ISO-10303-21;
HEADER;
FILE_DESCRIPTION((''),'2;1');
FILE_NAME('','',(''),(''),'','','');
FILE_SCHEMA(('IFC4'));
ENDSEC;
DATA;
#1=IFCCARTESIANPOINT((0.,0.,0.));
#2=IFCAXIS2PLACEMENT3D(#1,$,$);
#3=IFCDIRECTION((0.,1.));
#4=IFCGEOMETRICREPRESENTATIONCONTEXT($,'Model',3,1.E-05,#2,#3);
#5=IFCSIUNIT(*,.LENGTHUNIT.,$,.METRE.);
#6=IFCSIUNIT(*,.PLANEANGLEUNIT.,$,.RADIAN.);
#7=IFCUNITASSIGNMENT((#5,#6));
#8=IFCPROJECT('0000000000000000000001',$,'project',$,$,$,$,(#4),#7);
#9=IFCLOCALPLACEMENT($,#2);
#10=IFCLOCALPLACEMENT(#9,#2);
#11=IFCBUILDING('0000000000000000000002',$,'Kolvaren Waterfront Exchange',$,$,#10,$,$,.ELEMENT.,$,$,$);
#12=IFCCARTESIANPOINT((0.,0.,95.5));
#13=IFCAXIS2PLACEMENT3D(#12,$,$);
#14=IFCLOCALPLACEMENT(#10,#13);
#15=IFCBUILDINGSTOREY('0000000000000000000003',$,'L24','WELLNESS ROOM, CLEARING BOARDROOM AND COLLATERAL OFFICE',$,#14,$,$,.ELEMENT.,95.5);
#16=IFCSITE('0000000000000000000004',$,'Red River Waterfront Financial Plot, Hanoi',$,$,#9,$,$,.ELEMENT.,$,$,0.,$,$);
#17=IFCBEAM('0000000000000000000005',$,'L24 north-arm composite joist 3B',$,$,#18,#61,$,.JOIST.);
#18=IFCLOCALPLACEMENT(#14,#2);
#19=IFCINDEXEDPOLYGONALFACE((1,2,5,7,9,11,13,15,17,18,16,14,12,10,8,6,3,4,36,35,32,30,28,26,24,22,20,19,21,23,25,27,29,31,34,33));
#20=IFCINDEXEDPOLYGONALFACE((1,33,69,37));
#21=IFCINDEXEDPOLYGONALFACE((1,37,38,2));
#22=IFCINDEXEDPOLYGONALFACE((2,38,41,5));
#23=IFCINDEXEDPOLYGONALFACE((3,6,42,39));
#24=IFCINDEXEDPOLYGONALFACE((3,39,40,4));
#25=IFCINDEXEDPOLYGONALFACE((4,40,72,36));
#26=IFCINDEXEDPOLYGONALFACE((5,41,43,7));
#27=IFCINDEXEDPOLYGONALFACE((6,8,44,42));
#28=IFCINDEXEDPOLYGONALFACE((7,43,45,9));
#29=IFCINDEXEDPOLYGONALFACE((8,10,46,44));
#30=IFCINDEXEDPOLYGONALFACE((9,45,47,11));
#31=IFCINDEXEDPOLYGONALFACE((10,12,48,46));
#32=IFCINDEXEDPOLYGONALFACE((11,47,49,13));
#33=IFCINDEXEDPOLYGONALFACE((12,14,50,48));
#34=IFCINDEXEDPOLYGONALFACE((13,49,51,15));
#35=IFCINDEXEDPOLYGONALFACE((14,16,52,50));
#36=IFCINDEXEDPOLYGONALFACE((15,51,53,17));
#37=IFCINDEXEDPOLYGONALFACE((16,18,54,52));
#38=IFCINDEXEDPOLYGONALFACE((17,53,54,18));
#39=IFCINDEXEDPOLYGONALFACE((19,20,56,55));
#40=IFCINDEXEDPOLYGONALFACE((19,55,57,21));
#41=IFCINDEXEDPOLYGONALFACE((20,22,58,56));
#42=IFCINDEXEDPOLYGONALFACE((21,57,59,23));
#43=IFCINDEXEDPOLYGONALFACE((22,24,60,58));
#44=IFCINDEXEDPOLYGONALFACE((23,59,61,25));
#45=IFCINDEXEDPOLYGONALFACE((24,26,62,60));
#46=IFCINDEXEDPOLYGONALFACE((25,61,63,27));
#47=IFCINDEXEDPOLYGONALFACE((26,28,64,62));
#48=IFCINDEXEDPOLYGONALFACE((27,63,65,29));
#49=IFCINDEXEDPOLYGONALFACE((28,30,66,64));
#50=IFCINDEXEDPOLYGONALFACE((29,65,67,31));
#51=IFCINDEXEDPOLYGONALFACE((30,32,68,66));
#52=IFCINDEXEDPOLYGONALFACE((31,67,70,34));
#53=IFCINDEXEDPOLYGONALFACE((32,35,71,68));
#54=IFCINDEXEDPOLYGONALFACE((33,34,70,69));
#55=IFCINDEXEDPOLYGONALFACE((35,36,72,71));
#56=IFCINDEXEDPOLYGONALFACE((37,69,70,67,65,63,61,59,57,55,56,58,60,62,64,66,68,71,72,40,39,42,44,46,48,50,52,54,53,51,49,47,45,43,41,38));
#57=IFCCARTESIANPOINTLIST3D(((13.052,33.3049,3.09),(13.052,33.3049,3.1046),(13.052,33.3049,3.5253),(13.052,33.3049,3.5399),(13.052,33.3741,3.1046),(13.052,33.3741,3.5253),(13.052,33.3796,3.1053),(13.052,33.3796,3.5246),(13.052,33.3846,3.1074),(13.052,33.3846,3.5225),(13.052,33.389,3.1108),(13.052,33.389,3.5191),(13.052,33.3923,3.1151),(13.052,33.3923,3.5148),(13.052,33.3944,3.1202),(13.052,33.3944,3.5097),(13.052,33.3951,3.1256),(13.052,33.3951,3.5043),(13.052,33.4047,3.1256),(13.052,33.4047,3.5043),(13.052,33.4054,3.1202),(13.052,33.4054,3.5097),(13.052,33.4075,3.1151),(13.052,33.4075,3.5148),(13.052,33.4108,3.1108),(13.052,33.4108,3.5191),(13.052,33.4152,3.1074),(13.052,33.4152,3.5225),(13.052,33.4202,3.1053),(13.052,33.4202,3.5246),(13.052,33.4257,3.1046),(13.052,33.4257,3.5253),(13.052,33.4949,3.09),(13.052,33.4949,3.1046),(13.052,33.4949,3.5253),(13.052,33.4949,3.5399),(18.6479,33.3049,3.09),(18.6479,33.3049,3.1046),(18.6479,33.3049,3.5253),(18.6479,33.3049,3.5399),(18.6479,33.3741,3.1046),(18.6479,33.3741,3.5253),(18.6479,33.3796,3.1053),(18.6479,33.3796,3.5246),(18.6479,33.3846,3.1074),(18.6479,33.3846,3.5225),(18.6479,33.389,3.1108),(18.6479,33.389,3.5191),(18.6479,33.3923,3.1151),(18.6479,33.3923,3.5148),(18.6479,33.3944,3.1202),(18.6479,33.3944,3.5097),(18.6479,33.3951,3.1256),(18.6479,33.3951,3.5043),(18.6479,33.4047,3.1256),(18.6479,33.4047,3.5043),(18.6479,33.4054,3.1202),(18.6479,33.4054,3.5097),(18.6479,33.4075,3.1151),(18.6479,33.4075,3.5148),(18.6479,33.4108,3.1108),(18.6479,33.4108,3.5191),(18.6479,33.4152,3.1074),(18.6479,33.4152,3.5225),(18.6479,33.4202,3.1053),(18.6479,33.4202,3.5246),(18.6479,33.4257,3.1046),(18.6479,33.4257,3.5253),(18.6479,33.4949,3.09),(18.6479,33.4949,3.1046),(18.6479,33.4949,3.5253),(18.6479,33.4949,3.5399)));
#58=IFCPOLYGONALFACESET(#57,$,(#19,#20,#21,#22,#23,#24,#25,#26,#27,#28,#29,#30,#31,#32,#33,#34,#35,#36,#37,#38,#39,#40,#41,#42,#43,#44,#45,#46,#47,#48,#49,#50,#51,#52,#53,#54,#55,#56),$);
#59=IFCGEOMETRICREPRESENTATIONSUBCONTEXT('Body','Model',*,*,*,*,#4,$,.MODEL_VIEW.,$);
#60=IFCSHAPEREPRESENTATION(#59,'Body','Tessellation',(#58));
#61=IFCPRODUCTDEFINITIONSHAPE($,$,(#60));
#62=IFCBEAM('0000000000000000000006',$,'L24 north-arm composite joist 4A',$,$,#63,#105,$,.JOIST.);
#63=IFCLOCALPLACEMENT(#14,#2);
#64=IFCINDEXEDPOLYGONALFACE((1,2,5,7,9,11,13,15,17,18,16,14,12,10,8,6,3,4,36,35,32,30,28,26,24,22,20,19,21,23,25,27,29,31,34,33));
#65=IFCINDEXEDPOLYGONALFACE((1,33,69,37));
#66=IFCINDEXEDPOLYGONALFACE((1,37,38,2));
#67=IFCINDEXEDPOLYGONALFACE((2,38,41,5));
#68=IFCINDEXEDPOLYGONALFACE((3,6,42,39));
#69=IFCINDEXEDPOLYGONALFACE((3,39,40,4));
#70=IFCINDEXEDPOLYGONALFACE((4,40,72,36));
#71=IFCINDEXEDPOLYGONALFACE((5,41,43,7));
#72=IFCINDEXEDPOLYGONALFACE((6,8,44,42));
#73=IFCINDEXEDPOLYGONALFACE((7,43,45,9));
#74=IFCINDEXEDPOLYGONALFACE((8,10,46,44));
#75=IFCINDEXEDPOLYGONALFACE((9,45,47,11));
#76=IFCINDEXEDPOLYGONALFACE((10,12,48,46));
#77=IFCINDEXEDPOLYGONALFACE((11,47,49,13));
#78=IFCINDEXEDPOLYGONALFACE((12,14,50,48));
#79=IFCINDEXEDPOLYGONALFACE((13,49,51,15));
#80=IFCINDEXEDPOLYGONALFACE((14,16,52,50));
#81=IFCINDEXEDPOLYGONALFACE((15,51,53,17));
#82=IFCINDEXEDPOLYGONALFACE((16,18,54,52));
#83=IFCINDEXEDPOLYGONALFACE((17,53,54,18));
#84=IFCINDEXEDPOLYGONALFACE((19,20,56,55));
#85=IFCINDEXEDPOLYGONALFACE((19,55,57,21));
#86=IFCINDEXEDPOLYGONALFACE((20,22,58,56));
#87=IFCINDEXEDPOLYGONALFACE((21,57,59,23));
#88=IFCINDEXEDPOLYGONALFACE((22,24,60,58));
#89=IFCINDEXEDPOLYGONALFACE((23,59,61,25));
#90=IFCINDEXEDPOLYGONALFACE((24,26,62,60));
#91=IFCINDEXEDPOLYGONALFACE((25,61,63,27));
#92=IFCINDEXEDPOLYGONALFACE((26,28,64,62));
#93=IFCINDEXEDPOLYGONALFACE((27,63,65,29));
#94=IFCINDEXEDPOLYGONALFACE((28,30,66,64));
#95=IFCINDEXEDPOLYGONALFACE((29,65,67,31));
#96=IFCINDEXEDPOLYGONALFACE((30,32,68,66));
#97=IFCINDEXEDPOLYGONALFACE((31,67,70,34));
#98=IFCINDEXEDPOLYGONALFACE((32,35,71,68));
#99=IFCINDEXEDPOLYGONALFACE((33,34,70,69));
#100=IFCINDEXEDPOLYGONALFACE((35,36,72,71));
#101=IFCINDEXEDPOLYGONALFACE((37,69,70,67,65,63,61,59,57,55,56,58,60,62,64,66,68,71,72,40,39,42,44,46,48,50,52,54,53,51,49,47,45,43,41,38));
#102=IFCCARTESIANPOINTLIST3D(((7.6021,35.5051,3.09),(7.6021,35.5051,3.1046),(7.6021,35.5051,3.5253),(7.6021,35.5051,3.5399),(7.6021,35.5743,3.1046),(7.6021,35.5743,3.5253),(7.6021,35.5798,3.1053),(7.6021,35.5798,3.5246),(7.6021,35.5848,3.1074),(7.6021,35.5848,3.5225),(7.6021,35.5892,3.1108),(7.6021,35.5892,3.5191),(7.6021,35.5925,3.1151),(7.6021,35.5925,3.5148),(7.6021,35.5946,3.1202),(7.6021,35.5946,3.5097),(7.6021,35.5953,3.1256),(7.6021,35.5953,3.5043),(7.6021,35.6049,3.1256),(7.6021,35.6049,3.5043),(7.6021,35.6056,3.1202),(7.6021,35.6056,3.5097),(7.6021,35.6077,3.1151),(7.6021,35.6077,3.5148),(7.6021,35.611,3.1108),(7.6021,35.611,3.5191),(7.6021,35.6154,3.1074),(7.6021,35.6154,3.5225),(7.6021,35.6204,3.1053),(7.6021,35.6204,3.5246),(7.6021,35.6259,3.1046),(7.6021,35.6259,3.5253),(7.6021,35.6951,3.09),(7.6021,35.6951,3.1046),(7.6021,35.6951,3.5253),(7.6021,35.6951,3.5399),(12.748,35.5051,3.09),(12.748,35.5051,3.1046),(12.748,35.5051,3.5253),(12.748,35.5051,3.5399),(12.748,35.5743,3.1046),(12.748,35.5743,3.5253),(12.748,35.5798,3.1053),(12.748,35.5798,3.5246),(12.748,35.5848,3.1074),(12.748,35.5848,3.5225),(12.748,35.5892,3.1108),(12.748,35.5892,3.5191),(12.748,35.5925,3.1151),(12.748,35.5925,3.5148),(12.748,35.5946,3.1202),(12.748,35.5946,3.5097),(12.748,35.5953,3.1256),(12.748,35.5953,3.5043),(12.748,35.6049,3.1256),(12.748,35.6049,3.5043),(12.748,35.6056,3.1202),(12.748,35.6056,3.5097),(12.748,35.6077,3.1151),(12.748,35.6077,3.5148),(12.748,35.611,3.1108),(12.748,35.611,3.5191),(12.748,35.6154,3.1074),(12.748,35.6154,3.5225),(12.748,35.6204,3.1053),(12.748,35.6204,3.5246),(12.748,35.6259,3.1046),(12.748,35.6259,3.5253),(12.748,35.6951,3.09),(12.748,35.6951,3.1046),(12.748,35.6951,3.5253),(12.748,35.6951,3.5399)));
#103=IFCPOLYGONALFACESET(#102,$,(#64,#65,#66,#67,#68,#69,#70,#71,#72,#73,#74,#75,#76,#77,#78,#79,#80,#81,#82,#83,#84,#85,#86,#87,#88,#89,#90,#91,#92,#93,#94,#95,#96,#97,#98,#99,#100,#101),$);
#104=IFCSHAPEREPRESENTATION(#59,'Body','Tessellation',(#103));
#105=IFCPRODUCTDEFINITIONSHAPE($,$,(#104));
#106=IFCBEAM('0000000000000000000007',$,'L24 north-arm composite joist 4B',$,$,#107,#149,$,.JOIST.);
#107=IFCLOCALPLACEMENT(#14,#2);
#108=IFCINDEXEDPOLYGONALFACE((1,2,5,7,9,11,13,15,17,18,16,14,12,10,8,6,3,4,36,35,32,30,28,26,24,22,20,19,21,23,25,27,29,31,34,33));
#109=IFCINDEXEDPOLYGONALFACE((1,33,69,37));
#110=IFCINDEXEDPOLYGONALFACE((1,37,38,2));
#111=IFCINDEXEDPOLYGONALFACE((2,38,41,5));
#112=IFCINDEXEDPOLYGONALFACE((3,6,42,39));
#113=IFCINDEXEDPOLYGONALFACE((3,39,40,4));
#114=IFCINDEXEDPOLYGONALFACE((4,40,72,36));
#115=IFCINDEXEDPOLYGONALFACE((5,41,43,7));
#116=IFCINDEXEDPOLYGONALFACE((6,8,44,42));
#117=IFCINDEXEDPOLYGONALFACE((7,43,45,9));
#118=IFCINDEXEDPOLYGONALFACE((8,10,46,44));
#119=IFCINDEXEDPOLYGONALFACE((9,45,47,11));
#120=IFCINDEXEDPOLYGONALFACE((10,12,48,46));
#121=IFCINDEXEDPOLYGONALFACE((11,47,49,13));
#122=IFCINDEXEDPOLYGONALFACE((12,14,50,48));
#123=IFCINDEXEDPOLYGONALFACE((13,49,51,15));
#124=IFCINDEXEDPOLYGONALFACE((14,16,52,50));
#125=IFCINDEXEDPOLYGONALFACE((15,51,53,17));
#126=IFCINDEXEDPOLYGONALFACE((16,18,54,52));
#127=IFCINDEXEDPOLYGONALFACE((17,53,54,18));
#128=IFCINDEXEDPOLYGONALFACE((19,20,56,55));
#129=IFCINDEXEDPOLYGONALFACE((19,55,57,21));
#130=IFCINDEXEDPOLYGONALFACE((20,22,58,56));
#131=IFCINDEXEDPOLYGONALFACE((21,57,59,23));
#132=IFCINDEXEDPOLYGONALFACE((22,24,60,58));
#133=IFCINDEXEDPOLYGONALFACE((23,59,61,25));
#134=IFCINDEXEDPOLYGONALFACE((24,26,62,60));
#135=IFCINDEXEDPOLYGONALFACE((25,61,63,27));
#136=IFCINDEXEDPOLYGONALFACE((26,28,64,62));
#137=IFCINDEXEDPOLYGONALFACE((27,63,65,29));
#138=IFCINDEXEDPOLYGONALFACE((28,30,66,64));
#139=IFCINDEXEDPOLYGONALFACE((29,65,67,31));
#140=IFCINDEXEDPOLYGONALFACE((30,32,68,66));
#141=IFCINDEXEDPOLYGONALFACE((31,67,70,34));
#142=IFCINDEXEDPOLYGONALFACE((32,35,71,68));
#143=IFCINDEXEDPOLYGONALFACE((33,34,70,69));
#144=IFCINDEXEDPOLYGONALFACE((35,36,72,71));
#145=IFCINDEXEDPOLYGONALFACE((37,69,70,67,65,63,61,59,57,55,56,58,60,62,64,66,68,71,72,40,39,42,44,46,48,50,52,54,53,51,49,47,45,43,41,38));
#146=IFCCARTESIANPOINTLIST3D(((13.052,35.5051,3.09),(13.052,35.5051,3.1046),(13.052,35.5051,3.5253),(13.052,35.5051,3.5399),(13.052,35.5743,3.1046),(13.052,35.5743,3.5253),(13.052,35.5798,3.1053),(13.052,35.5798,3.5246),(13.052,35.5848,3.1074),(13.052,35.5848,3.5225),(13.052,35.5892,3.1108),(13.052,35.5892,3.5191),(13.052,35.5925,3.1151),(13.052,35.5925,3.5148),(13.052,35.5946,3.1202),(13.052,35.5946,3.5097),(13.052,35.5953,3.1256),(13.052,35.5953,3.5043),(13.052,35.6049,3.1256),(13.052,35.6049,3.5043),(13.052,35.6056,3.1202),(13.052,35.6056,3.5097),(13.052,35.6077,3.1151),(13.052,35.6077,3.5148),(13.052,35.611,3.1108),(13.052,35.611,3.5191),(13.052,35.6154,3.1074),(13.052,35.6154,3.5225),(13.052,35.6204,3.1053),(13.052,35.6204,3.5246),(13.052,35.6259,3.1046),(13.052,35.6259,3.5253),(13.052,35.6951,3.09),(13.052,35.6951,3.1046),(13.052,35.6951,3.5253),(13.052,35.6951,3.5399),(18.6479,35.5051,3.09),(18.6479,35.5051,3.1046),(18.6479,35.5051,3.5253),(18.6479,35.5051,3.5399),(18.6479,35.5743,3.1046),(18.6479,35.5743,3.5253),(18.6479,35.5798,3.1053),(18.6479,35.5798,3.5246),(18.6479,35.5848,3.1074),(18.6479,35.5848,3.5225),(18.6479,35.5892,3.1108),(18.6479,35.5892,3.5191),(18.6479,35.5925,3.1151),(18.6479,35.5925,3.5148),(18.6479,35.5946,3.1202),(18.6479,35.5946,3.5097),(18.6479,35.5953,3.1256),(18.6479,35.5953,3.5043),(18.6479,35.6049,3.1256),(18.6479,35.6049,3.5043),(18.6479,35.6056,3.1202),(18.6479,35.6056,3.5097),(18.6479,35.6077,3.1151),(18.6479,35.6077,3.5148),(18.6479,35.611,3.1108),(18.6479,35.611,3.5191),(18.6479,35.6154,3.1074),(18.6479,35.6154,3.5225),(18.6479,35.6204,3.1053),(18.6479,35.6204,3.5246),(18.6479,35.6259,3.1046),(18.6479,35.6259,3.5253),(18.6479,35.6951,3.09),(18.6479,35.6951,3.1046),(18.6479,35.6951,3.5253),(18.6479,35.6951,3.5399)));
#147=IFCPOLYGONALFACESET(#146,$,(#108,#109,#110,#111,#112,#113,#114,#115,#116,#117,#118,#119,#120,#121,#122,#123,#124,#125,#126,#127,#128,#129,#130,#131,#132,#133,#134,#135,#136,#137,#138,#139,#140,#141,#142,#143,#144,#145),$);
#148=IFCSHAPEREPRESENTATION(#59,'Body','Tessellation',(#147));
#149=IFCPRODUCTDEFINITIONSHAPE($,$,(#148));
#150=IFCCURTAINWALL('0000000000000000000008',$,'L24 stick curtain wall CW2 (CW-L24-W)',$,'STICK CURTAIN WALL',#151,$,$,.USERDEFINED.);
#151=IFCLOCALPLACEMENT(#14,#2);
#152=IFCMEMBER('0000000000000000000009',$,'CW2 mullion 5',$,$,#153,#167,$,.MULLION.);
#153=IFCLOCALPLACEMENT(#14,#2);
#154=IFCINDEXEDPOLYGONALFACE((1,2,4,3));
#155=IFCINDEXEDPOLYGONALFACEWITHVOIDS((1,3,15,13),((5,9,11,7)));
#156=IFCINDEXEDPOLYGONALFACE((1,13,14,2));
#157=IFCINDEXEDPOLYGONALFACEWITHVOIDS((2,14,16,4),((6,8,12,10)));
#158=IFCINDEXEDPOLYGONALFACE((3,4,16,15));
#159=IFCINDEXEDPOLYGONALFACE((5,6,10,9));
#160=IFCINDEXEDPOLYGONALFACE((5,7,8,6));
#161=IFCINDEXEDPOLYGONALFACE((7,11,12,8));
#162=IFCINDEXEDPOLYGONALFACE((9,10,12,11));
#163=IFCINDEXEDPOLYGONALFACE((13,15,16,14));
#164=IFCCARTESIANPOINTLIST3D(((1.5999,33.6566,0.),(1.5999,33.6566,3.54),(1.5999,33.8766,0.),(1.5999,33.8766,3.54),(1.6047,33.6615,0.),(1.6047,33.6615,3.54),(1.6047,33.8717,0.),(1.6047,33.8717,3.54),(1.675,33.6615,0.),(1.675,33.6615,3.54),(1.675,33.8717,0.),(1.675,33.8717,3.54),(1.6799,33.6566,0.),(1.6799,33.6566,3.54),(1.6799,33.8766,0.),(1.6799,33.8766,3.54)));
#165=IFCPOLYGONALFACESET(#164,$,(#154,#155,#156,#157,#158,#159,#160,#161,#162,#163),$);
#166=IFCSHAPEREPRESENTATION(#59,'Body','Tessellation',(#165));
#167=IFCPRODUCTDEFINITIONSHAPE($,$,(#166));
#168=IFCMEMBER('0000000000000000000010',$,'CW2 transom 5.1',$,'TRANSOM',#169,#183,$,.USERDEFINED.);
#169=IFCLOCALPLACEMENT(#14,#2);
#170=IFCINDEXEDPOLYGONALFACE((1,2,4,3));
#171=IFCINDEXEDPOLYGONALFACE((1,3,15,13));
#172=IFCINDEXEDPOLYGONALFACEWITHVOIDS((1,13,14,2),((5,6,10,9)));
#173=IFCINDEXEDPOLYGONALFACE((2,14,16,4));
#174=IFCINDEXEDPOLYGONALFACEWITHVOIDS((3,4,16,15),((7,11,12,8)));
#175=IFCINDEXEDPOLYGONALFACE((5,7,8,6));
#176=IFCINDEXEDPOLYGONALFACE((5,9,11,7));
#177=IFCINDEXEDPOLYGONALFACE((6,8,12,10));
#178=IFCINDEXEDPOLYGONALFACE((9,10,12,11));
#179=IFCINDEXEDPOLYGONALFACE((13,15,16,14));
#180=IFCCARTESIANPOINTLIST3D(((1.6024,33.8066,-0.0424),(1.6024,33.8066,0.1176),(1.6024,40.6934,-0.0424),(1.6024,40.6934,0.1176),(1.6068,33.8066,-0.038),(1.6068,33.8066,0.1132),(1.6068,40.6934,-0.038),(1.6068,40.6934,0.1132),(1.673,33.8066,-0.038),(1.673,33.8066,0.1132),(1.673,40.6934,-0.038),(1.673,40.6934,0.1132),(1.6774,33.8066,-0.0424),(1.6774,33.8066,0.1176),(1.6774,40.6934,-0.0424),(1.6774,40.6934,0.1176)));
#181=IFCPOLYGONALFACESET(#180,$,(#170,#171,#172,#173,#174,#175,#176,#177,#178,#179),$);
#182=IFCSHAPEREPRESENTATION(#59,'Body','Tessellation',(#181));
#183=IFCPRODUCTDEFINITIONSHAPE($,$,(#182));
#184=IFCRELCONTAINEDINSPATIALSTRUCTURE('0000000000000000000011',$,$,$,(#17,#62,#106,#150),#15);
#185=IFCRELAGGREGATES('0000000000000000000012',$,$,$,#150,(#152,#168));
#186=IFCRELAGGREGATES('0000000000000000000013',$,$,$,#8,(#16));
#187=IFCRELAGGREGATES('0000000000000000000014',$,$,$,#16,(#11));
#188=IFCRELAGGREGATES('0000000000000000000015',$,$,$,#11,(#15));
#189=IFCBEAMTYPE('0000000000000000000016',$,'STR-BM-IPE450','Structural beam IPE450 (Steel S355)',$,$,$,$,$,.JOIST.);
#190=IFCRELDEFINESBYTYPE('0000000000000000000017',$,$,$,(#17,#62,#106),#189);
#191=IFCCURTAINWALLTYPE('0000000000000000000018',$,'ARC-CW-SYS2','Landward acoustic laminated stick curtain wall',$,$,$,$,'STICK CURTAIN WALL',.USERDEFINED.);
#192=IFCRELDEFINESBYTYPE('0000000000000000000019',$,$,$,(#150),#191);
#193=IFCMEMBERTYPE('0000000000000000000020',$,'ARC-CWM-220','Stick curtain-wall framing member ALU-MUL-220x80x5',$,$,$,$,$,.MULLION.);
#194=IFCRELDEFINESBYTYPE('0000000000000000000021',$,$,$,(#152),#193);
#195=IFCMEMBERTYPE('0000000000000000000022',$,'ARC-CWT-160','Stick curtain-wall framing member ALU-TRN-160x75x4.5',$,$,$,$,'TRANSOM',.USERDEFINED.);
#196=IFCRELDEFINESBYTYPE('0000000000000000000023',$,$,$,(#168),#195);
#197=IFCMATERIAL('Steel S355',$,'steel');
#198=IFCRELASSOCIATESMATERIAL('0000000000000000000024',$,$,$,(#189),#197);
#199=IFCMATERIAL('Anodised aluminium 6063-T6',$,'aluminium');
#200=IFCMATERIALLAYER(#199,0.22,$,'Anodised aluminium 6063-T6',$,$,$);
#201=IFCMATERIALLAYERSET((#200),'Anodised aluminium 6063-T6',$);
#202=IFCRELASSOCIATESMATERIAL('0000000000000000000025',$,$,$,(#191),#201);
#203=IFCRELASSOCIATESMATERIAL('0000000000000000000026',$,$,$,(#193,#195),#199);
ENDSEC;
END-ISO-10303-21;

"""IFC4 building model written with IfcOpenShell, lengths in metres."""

from ifc_helpers import new_model, si_unit, direction, frame, origin, origin_with_axes, origin_2d, place, context, subcontext, project, spatial, hollow_rectangle, i_section, extrude, source, transform, mapped, material, layer, layer_set, material_profile, profile_set, type_object, element, aggregate, save


model = new_model("IFC4")

# Units and contexts
model_context = context("Model", 3, precision=1e-05, world=origin(), true_north=direction((0.0, 1.0)))
body_context = subcontext(model_context, "Body", "Model", "MODEL_VIEW")
ifc_project = project(units=[si_unit("LENGTHUNIT", "METRE"), si_unit("PLANEANGLEUNIT", "RADIAN")], contexts=[model_context])

# Site, building, storey
site_placement = place(None, origin())
site = spatial("IfcSite", under=ifc_project, at=site_placement, Name="Red River Waterfront Financial Plot, Hanoi", CompositionType="ELEMENT", RefElevation=0.0)
building_placement = place(site_placement, origin())
building = spatial("IfcBuilding", under=site, at=building_placement, Name="Kolvaren Waterfront Exchange", CompositionType="ELEMENT")
storey_placement = place(building_placement, frame((0.0, 0.0, 95.5)))
storey = spatial("IfcBuildingStorey", under=building, at=storey_placement, Name="L24", Description="WELLNESS ROOM, CLEARING BOARDROOM AND COLLATERAL OFFICE", CompositionType="ELEMENT", Elevation=95.5)

# Beams
ifc_material_1 = material(Name="Steel S355", Category="steel")
ifc_material_profile_1 = material_profile(ifc_material_1, i_section(OverallWidth=0.1899, OverallDepth=0.45, WebThickness=0.0095, FlangeThickness=0.0146, FilletRadius=0.021, at=origin_2d()), Name="IPE450")
ifc_profile_set_1 = profile_set([ifc_material_profile_1], Name="Steel S355")
beam_type_1 = type_object("IfcBeamType", Name="STR-BM-IPE450", Description="Structural beam IPE450 (Steel S355)", PredefinedType="JOIST", material=ifc_profile_set_1)
beam_1_placement = place(storey_placement, frame((13.052, 33.3999, 3.3149), z_axis=(1.0, 0.0, 0.0), x_axis=(0.0, 1.0, 0.0)))
element("IfcBeam", 1, at=beam_1_placement, inside=storey, type_object=beam_type_1, Name="L24 north-arm composite joist 3B", PredefinedType="JOIST", context=body_context, shape_type="SweptSolid", body=[
    extrude(i_section(OverallWidth=0.1899, OverallDepth=0.45, WebThickness=0.0095, FlangeThickness=0.0146, FilletRadius=0.021, at=origin_2d()), origin(), (0.0, 0.0, 1.0), 5.5959),
])
beam_2_placement = place(storey_placement, frame((7.6021, 35.6001, 3.3149), z_axis=(1.0, 0.0, 0.0), x_axis=(0.0, 1.0, 0.0)))
element("IfcBeam", 2, at=beam_2_placement, inside=storey, type_object=beam_type_1, Name="L24 north-arm composite joist 4A", PredefinedType="JOIST", context=body_context, shape_type="SweptSolid", body=[
    extrude(i_section(OverallWidth=0.1899, OverallDepth=0.45, WebThickness=0.0095, FlangeThickness=0.0146, FilletRadius=0.021, at=origin_2d()), origin(), (0.0, 0.0, 1.0), 5.146),
])
beam_3_placement = place(storey_placement, frame((13.052, 35.6001, 3.3149), z_axis=(1.0, 0.0, 0.0), x_axis=(0.0, 1.0, 0.0)))
element("IfcBeam", 3, at=beam_3_placement, inside=storey, type_object=beam_type_1, Name="L24 north-arm composite joist 4B", PredefinedType="JOIST", context=body_context, shape_type="SweptSolid", body=[
    extrude(i_section(OverallWidth=0.1899, OverallDepth=0.45, WebThickness=0.0095, FlangeThickness=0.0146, FilletRadius=0.021, at=origin_2d()), origin(), (0.0, 0.0, 1.0), 5.5959),
])

# Curtain wall, members
ifc_material_2 = material(Name="Anodised aluminium 6063-T6", Category="aluminium")
ifc_layer_1 = layer(ifc_material_2, 0.22, Name="Anodised aluminium 6063-T6")
ifc_layer_set_1 = layer_set([ifc_layer_1], Name="Anodised aluminium 6063-T6")
curtain_wall_type = type_object("IfcCurtainWallType", Name="ARC-CW-SYS2", Description="Landward acoustic laminated stick curtain wall", ElementType="STICK CURTAIN WALL", PredefinedType="USERDEFINED", material=ifc_layer_set_1)
curtain_wall_placement = place(storey_placement, origin())
curtain_wall = element("IfcCurtainWall", 4, at=curtain_wall_placement, inside=storey, type_object=curtain_wall_type, Name="L24 stick curtain wall CW2 (CW-L24-W)", ObjectType="STICK CURTAIN WALL", PredefinedType="USERDEFINED")
ifc_material_profile_2 = material_profile(ifc_material_2, hollow_rectangle(XDim=0.0801, YDim=0.22, WallThickness=0.0049, at=origin_2d()), Name="ALU-MUL-220x80x5")
ifc_profile_set_2 = profile_set([ifc_material_profile_2], Name="Anodised aluminium 6063-T6")
member_type_1 = type_object("IfcMemberType", Name="ARC-CWM-220", Description="Stick curtain-wall framing member ALU-MUL-220x80x5", PredefinedType="MULLION", material=ifc_profile_set_2)
shared_shape_1 = source(origin_with_axes(), body_context, "Body", "SweptSolid", [
    extrude(hollow_rectangle(XDim=0.0801, YDim=0.22, WallThickness=0.0049, at=origin_2d()), origin(), (0.0, 0.0, 1.0), 3.54),
])
member_1_placement = place(storey_placement, frame((1.6399, 33.7666, 0.0), z_axis=(0.0, 0.0, 1.0), x_axis=(-1.0, 0.0, 0.0)))
member_1 = element("IfcMember", 5, at=member_1_placement, type_object=member_type_1, Name="CW2 mullion 5", PredefinedType="MULLION", context=body_context, shape_type="MappedRepresentation", body=[
    mapped(shared_shape_1, transform((0.0, 0.0, 0.0), x_axis=(1.0, 0.0, 0.0), y_axis=(0.0, 1.0, 0.0), z_axis=(0.0, 0.0, 1.0), scale=1.0)),
])
ifc_material_profile_3 = material_profile(ifc_material_2, hollow_rectangle(XDim=0.075, YDim=0.1599, WallThickness=0.0044, at=origin_2d()), Name="ALU-TRN-160x75x4.5")
ifc_profile_set_3 = profile_set([ifc_material_profile_3], Name="Anodised aluminium 6063-T6")
member_type_2 = type_object("IfcMemberType", Name="ARC-CWT-160", Description="Stick curtain-wall framing member ALU-TRN-160x75x4.5", ElementType="TRANSOM", PredefinedType="USERDEFINED", material=ifc_profile_set_3)
shared_shape_2 = source(origin_with_axes(), body_context, "Body", "SweptSolid", [
    extrude(hollow_rectangle(XDim=0.075, YDim=0.1599, WallThickness=0.0044, at=origin_2d()), origin(), (0.0, 0.0, 1.0), 6.8867),
])
member_2_placement = place(storey_placement, frame((1.6399, 33.8066, 0.0376), z_axis=(0.0, 1.0, 0.0), x_axis=(-1.0, 0.0, 0.0)))
member_2 = element("IfcMember", 6, at=member_2_placement, type_object=member_type_2, Name="CW2 transom 5.1", ObjectType="TRANSOM", PredefinedType="USERDEFINED", context=body_context, shape_type="MappedRepresentation", body=[
    mapped(shared_shape_2, transform((0.0, 0.0, 0.0), x_axis=(1.0, 0.0, 0.0), y_axis=(0.0, 1.0, 0.0), z_axis=(0.0, 0.0, 1.0), scale=1.0)),
])
aggregate(curtain_wall, [member_1, member_2])

save(model, "model.ifc")
